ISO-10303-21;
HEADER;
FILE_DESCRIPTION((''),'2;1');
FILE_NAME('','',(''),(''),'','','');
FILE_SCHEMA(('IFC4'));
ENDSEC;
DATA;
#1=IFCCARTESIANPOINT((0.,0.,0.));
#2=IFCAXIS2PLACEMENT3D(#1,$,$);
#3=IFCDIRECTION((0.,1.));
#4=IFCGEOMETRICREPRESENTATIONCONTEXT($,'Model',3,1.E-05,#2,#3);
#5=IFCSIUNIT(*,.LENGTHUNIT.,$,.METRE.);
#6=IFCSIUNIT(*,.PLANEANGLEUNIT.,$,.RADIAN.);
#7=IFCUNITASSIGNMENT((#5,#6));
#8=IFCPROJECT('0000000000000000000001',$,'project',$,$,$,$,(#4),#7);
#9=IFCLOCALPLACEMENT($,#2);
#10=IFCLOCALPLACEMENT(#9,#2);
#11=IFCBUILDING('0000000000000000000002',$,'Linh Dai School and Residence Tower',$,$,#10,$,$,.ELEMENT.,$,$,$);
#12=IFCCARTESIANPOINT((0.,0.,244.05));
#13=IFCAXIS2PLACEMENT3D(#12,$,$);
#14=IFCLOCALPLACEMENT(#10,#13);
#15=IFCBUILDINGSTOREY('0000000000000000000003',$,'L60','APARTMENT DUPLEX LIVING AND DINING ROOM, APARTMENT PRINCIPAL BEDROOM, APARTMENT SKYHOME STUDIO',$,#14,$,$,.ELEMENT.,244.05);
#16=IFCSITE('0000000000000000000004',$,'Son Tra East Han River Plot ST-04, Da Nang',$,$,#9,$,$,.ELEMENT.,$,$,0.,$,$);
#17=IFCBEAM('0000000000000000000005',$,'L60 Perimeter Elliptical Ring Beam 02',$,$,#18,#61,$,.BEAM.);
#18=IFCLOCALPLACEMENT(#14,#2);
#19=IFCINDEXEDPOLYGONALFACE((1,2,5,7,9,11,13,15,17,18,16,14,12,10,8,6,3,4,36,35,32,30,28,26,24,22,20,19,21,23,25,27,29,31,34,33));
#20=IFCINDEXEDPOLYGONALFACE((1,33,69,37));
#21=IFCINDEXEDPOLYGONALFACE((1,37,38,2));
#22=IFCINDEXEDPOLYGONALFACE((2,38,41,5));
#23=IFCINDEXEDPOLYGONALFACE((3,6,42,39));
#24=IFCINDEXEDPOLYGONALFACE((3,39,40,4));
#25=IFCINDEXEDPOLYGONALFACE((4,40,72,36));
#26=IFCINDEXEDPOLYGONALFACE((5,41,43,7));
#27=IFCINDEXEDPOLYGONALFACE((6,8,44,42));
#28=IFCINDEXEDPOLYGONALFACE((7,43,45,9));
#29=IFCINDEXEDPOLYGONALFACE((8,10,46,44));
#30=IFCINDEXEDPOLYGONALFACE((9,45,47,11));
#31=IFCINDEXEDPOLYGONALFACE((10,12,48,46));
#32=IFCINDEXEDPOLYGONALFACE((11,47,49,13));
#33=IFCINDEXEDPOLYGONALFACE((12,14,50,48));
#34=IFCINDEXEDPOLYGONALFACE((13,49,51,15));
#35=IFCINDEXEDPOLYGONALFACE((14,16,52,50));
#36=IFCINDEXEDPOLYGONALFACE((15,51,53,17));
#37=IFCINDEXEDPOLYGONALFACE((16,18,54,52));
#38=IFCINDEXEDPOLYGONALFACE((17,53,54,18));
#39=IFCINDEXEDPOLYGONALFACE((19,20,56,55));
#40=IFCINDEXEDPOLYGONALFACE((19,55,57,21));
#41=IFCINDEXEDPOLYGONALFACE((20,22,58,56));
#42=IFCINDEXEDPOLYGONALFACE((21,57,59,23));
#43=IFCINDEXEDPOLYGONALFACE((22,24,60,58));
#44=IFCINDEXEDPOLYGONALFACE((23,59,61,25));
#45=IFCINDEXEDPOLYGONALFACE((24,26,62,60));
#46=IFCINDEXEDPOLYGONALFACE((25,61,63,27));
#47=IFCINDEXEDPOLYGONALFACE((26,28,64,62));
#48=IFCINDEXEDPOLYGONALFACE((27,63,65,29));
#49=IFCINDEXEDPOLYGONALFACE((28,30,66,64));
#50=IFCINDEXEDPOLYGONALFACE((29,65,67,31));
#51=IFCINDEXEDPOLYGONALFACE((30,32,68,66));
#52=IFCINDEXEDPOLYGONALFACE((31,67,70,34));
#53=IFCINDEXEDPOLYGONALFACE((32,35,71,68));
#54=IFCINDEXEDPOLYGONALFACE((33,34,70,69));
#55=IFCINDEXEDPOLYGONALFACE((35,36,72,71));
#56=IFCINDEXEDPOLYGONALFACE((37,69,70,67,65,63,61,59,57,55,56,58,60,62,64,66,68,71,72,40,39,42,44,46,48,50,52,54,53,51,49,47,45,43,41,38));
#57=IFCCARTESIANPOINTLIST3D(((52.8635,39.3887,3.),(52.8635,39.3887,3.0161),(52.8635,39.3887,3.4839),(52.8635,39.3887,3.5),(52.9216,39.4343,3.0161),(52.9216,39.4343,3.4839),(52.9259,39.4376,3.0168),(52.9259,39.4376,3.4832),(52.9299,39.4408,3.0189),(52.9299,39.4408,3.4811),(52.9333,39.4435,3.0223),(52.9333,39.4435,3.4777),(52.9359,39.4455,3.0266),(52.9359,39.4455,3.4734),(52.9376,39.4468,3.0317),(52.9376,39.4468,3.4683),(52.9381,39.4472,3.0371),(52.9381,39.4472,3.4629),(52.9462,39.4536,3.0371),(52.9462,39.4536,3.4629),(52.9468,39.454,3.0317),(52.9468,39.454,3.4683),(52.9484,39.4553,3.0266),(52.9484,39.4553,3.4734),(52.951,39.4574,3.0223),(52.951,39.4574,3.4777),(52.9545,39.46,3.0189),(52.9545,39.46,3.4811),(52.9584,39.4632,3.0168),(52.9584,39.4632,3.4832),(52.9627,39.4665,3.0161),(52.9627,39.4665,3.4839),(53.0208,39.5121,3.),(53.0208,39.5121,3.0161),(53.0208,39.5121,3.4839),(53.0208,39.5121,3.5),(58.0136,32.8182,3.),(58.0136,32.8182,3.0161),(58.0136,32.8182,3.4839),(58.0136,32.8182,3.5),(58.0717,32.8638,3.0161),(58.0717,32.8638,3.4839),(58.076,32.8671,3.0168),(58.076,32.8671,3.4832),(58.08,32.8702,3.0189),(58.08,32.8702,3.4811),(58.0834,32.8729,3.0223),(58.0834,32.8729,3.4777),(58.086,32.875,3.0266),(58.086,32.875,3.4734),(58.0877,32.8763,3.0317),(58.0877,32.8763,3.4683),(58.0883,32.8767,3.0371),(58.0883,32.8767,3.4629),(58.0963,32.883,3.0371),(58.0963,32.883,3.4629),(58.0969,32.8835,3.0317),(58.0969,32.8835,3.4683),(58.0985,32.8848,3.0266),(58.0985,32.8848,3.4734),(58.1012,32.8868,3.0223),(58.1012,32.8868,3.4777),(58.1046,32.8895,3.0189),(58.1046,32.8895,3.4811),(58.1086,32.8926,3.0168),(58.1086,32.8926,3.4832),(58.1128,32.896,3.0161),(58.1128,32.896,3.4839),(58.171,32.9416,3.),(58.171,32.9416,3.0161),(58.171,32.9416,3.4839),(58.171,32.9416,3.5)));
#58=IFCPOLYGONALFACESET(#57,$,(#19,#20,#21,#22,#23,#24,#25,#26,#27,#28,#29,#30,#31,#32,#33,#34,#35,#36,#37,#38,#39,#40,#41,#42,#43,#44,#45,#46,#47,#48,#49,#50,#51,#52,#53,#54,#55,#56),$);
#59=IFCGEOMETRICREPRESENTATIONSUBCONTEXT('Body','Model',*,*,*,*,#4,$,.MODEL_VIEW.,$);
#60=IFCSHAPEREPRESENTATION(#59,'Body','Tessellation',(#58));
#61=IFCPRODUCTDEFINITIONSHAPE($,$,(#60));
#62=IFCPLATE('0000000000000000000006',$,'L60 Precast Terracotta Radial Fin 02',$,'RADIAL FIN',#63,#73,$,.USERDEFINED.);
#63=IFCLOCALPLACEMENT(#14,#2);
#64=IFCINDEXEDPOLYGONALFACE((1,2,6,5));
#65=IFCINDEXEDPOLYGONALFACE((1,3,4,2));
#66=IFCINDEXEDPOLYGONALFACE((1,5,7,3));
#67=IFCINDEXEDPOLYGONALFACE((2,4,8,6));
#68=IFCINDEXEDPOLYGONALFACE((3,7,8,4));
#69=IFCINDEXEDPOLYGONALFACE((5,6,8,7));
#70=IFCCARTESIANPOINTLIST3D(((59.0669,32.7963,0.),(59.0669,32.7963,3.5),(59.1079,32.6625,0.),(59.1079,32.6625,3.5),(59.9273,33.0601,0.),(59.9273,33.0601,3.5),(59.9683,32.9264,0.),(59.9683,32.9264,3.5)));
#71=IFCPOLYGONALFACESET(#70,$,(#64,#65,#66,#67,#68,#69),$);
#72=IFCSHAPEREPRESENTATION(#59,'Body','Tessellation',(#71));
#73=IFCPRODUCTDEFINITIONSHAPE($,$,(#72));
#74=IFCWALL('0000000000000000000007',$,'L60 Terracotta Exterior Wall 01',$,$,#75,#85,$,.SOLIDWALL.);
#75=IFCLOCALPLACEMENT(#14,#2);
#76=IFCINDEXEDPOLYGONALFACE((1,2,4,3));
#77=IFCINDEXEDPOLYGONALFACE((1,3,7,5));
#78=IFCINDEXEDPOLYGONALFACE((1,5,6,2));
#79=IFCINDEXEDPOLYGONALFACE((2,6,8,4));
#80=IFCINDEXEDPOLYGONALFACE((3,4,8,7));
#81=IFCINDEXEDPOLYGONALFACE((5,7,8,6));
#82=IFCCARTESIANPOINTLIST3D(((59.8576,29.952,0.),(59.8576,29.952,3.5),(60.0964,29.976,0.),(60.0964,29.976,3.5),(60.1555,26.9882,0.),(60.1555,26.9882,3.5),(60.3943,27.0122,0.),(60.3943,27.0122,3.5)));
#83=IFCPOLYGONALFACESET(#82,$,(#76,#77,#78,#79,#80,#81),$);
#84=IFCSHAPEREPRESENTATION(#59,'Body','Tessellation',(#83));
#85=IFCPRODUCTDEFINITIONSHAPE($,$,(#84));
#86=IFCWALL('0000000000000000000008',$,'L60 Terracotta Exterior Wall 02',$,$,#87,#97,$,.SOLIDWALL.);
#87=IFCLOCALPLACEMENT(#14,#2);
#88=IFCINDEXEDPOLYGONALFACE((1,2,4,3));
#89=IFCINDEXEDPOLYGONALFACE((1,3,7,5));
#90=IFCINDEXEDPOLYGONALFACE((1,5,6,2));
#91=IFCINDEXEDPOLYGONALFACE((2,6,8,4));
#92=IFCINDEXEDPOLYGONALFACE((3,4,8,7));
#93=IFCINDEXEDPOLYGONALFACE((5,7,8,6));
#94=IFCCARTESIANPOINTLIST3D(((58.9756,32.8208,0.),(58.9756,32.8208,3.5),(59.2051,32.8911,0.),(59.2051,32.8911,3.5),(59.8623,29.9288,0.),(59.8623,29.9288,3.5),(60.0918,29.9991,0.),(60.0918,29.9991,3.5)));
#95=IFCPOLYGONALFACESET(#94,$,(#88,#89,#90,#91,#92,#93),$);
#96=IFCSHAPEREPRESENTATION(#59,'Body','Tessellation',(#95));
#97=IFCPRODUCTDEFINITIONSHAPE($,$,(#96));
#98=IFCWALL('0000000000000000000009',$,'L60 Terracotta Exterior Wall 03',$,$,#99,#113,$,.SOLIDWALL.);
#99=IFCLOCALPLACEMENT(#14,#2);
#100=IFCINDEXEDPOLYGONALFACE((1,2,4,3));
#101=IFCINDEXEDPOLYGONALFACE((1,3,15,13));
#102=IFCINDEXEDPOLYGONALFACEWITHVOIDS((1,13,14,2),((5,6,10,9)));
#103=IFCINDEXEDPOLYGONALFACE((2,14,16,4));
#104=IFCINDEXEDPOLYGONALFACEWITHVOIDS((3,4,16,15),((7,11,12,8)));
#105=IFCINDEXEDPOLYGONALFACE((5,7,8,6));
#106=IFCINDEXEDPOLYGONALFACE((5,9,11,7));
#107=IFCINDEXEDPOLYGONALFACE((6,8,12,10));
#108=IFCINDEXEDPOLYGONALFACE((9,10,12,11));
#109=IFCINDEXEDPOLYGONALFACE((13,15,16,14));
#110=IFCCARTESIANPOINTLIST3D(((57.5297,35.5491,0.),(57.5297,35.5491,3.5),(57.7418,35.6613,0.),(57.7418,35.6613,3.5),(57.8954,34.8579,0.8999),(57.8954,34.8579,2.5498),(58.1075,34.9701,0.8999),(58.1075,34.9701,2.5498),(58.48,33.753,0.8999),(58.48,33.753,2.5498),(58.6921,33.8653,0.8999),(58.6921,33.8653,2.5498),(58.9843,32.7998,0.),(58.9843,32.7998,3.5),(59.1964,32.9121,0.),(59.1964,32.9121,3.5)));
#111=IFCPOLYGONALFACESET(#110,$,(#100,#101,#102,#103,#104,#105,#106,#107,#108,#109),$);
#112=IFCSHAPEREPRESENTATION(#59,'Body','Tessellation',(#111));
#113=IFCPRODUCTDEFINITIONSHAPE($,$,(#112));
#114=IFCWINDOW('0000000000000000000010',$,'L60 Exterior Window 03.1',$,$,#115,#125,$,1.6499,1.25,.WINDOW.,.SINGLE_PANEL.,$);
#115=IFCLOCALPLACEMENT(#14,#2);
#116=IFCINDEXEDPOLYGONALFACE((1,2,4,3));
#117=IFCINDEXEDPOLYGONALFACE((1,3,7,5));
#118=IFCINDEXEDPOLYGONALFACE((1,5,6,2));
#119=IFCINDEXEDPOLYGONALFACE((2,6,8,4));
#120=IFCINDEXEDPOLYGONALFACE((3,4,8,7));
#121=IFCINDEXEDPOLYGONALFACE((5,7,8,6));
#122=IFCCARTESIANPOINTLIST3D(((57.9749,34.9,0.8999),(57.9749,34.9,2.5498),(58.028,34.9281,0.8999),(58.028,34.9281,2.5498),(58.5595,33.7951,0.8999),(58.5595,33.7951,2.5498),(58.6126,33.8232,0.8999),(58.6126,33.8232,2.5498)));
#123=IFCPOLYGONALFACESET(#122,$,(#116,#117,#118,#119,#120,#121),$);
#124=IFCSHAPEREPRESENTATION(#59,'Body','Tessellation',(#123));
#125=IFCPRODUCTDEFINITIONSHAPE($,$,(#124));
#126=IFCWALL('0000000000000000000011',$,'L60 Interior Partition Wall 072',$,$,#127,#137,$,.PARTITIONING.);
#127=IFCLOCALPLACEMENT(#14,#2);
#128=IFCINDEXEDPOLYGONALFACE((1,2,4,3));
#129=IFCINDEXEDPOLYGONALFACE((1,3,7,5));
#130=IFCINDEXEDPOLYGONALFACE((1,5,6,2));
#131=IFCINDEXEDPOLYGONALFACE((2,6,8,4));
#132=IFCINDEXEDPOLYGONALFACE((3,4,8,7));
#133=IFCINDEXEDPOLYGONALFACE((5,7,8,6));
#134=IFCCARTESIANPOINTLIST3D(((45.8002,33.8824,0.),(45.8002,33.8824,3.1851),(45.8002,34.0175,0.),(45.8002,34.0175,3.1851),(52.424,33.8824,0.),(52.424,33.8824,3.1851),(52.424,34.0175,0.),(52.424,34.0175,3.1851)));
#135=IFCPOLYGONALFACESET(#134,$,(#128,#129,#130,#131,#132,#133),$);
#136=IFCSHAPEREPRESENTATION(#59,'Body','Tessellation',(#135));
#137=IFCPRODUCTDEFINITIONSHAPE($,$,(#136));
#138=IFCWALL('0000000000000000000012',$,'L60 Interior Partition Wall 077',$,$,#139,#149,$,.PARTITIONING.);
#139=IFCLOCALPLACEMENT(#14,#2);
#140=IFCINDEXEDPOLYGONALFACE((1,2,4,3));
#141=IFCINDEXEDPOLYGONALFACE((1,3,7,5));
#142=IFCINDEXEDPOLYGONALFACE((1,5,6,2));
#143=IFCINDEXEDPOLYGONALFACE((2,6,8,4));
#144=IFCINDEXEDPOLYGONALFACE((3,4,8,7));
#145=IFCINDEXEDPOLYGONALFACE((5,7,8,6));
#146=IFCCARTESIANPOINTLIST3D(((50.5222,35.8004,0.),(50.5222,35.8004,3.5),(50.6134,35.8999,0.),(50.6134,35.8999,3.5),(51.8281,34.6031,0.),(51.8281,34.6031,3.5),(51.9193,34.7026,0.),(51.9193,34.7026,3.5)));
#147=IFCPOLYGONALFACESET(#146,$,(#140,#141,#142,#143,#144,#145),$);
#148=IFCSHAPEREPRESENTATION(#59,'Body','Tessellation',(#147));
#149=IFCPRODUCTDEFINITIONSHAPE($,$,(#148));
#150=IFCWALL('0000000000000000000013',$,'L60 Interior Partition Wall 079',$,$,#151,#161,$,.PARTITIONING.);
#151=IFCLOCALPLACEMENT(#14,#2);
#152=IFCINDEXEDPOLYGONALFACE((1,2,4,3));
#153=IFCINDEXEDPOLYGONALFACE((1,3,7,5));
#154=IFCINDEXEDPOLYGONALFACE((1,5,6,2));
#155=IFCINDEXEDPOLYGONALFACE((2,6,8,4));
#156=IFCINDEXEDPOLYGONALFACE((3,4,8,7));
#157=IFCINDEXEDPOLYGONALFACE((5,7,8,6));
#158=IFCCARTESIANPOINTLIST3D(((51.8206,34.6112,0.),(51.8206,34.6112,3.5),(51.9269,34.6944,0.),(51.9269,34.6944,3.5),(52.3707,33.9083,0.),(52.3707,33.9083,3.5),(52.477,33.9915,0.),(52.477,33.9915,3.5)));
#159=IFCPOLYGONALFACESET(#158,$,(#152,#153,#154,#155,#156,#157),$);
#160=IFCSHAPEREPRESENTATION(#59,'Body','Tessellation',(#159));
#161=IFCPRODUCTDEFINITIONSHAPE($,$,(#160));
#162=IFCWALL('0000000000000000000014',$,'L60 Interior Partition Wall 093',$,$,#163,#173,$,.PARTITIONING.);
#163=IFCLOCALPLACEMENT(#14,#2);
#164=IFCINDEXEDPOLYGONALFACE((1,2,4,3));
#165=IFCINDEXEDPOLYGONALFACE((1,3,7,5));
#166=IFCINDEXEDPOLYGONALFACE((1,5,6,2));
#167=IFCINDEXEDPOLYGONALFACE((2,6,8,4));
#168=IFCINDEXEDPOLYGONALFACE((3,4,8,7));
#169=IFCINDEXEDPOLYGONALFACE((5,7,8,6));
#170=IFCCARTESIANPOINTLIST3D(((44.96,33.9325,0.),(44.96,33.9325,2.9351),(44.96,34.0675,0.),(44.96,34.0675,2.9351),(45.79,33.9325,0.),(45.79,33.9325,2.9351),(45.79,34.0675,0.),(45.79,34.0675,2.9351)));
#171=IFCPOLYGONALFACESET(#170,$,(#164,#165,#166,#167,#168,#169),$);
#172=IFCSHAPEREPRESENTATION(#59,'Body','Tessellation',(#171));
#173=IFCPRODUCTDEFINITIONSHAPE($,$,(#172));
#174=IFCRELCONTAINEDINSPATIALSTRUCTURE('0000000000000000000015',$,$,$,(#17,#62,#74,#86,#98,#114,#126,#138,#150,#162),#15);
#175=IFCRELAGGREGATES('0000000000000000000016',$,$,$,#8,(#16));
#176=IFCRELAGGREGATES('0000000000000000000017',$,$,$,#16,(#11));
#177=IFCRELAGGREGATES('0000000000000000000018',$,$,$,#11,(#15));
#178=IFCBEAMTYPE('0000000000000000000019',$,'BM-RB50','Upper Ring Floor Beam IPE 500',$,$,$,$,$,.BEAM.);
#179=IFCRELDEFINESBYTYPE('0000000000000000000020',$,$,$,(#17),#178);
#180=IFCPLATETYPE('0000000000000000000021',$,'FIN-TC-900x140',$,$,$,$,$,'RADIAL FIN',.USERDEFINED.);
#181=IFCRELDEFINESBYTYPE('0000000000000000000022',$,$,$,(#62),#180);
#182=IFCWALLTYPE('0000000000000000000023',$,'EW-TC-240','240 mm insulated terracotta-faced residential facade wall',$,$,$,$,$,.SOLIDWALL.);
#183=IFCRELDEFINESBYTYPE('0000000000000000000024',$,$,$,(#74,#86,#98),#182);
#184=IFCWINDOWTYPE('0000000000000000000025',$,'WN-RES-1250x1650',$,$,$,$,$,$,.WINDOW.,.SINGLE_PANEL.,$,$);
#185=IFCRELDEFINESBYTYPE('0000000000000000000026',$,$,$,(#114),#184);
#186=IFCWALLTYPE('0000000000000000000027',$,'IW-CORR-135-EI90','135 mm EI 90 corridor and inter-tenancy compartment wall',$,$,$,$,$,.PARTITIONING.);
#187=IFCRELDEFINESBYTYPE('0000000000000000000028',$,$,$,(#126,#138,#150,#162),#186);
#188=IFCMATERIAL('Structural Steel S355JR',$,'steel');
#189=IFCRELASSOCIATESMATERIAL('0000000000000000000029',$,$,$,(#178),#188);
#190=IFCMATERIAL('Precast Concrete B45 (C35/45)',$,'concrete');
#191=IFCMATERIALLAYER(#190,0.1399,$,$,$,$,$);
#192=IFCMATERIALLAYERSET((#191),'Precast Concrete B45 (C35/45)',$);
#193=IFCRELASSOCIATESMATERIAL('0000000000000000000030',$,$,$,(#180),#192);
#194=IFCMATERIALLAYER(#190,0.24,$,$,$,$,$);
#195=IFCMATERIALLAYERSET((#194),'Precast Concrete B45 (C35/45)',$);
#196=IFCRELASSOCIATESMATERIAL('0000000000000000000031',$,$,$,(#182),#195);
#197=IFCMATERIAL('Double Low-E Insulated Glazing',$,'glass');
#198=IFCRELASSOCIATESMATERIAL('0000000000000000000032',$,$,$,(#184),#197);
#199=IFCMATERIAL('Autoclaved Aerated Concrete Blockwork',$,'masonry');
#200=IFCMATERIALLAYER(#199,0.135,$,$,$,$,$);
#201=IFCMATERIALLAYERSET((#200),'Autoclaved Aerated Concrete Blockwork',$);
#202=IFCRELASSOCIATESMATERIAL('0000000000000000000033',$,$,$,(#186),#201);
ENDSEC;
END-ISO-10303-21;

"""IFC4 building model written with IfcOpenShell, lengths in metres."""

from ifc_helpers import new_model, si_unit, direction, frame, frame_2d, origin, origin_2d, place, context, subcontext, project, spatial, rectangle, i_section, extrude, source, transform, mapped, material, layer, layer_set, material_profile, profile_set, type_object, element, fill, save


model = new_model("IFC4")

# Units and contexts
model_context = context("Model", 3, precision=1e-05, world=origin(), true_north=direction((0.0, 1.0)))
body_context = subcontext(model_context, "Body", "Model", "MODEL_VIEW")
ifc_project = project(units=[si_unit("LENGTHUNIT", "METRE"), si_unit("PLANEANGLEUNIT", "RADIAN")], contexts=[model_context])

# Site, building, storey
site_placement = place(None, origin())
site = spatial("IfcSite", under=ifc_project, at=site_placement, Name="Son Tra East Han River Plot ST-04, Da Nang", CompositionType="ELEMENT", RefElevation=0.0)
building_placement = place(site_placement, origin())
building = spatial("IfcBuilding", under=site, at=building_placement, Name="Linh Dai School and Residence Tower", CompositionType="ELEMENT")
storey_placement = place(building_placement, frame((0.0, 0.0, 244.05)))
storey = spatial("IfcBuildingStorey", under=building, at=storey_placement, Name="L60", Description="APARTMENT DUPLEX LIVING AND DINING ROOM, APARTMENT PRINCIPAL BEDROOM, APARTMENT SKYHOME STUDIO", CompositionType="ELEMENT", Elevation=244.05)

# Shared definitions
ifc_material_1 = material(Name="Structural Steel S355JR", Category="steel")

# Beam
ifc_material_profile_1 = material_profile(ifc_material_1, i_section(OverallWidth=0.2, OverallDepth=0.5, WebThickness=0.0103, FlangeThickness=0.0161, FilletRadius=0.021, at=origin_2d()), Name="IPE 500")
ifc_profile_set_1 = profile_set([ifc_material_profile_1], Name="Structural Steel S355JR")
beam_type = type_object("IfcBeamType", Name="BM-RB50", Description="Upper Ring Floor Beam IPE 500", PredefinedType="BEAM", material=ifc_profile_set_1)
beam_1_placement = place(storey_placement, frame((58.0923, 32.8799, 3.25), z_axis=(-0.6169, 0.787041, 0.0), x_axis=(-0.787041, -0.6169, 0.0)))
element("IfcBeam", 1, at=beam_1_placement, inside=storey, type_object=beam_type, Name="L60 Perimeter Elliptical Ring Beam 02", PredefinedType="BEAM", context=body_context, shape_type="SweptSolid", body=[
    extrude(i_section(OverallWidth=0.2, OverallDepth=0.5, WebThickness=0.0103, FlangeThickness=0.0161, FilletRadius=0.021, at=origin_2d()), origin(), (0.0, 0.0, 1.0), 8.3484),
])

# Plate
ifc_material_2 = material(Name="Precast Concrete B45 (C35/45)", Category="concrete")
ifc_layer_1 = layer(ifc_material_2, 0.1399)
ifc_layer_set_1 = layer_set([ifc_layer_1], Name="Precast Concrete B45 (C35/45)")
plate_type = type_object("IfcPlateType", Name="FIN-TC-900x140", ElementType="RADIAL FIN", PredefinedType="USERDEFINED", material=ifc_layer_set_1)
shared_shape_1 = source(origin(), body_context, "Body", "SweptSolid", [
    extrude(rectangle(XDim=0.8999, YDim=0.1399, at=origin_2d()), origin(), (0.0, 0.0, 1.0), 3.5),
])
plate_placement = place(storey_placement, frame((59.5176, 32.8613, 0.0), z_axis=(0.0, 0.0, 1.0), x_axis=(0.956064, 0.293157, 0.0)))
element("IfcPlate", 2, at=plate_placement, inside=storey, type_object=plate_type, Name="L60 Precast Terracotta Radial Fin 02", ObjectType="RADIAL FIN", PredefinedType="USERDEFINED", context=body_context, shape_type="MappedRepresentation", body=[
    mapped(shared_shape_1, transform((0.0, 0.0, 0.0), x_axis=(1.0, 0.0, 0.0), y_axis=(0.0, 1.0, 0.0), z_axis=(0.0, 0.0, 1.0), scale=1.0)),
])

# Walls
ifc_layer_2 = layer(ifc_material_2, 0.24)
ifc_layer_set_2 = layer_set([ifc_layer_2], Name="Precast Concrete B45 (C35/45)")
wall_type_1 = type_object("IfcWallType", Name="EW-TC-240", Description="240 mm insulated terracotta-faced residential facade wall", PredefinedType="SOLIDWALL", material=ifc_layer_set_2)
wall_1_placement = place(storey_placement, frame((59.9771, 29.9639, 0.0), z_axis=(0.0, 0.0, 1.0), x_axis=(0.099991, -0.994988, 0.0)))
element("IfcWall", 3, at=wall_1_placement, inside=storey, type_object=wall_type_1, Name="L60 Terracotta Exterior Wall 01", PredefinedType="SOLIDWALL", context=body_context, shape_type="SweptSolid", body=[
    extrude(rectangle(XDim=2.9788, YDim=0.24, at=frame_2d((1.4893, 0.0))), origin(), (0.0, 0.0, 1.0), 3.5),
])
wall_2_placement = place(storey_placement, frame((59.0903, 32.856, 0.0), z_axis=(0.0, 0.0, 1.0), x_axis=(0.293133, -0.956072, 0.0)))
element("IfcWall", 4, at=wall_2_placement, inside=storey, type_object=wall_type_1, Name="L60 Terracotta Exterior Wall 02", PredefinedType="SOLIDWALL", context=body_context, shape_type="SweptSolid", body=[
    extrude(rectangle(XDim=3.0249, YDim=0.24, at=frame_2d((1.5125, 0.0))), origin(), (0.0, 0.0, 1.0), 3.5),
])

# Wall, opening, window
wall_3_placement = place(storey_placement, frame((57.6357, 35.6052, 0.0), z_axis=(0.0, 0.0, 1.0), x_axis=(0.46766, -0.883908, 0.0)))
wall_3 = element("IfcWall", 5, at=wall_3_placement, inside=storey, type_object=wall_type_1, Name="L60 Terracotta Exterior Wall 03", PredefinedType="SOLIDWALL", context=body_context, shape_type="SweptSolid", body=[
    extrude(rectangle(XDim=3.1104, YDim=0.24, at=frame_2d((1.5552, 0.0))), origin(), (0.0, 0.0, 1.0), 3.5),
])
opening_1_placement = place(wall_3_placement, frame((0.782, 0.0, 0.8999)))
opening_1 = element("IfcOpeningElement", 6, at=opening_1_placement, cuts=wall_3, PredefinedType="OPENING", context=body_context, shape_type="SweptSolid", body=[
    extrude(rectangle(XDim=1.25, YDim=1.6499, at=origin_2d()), frame((0.625, 0.1299, 0.825), z_axis=(0.0, -1.0, 0.0), x_axis=(1.0, 0.0, 0.0)), (0.0, 0.0, 1.0), 0.26),
])
ifc_material_3 = material(Name="Double Low-E Insulated Glazing", Category="glass")
window_type = type_object("IfcWindowType", Name="WN-RES-1250x1650", PartitioningType="SINGLE_PANEL", PredefinedType="WINDOW", material=ifc_material_3)
shared_shape_2 = source(origin(), body_context, "Body", "SweptSolid", [
    extrude(rectangle(XDim=1.25, YDim=1.6499, at=origin_2d()), frame((0.625, 0.03, 0.825), z_axis=(0.0, -1.0, 0.0), x_axis=(1.0, 0.0, 0.0)), (0.0, 0.0, 1.0), 0.0601),
])
window_placement = place(opening_1_placement, origin())
window = element("IfcWindow", 7, at=window_placement, inside=storey, type_object=window_type, Name="L60 Exterior Window 03.1", OverallHeight=1.6499, OverallWidth=1.25, PartitioningType="SINGLE_PANEL", PredefinedType="WINDOW", context=body_context, shape_type="MappedRepresentation", body=[
    mapped(shared_shape_2, transform((0.0, 0.0, 0.0), x_axis=(1.0, 0.0, 0.0), y_axis=(0.0, 1.0, 0.0), z_axis=(0.0, 0.0, 1.0), scale=1.0)),
])
fill(opening_1, window)

# Walls
ifc_material_4 = material(Name="Autoclaved Aerated Concrete Blockwork", Category="masonry")
ifc_layer_3 = layer(ifc_material_4, 0.135)
ifc_layer_set_3 = layer_set([ifc_layer_3], Name="Autoclaved Aerated Concrete Blockwork")
wall_type_2 = type_object("IfcWallType", Name="IW-CORR-135-EI90", Description="135 mm EI 90 corridor and inter-tenancy compartment wall", PredefinedType="PARTITIONING", material=ifc_layer_set_3)
wall_4_placement = place(storey_placement, frame((45.8, 33.95, 0.0), z_axis=(0.0, 0.0, 1.0), x_axis=(1.0, 0.0, 0.0)))
element("IfcWall", 8, at=wall_4_placement, inside=storey, type_object=wall_type_2, Name="L60 Interior Partition Wall 072", PredefinedType="PARTITIONING", context=body_context, shape_type="SweptSolid", body=[
    extrude(rectangle(XDim=6.6238, YDim=0.135, at=frame_2d((3.312, 0.0))), origin(), (0.0, 0.0, 1.0), 3.1851),
])
wall_5_placement = place(storey_placement, frame((50.5679, 35.8501, 0.0), z_axis=(0.0, 0.0, 1.0), x_axis=(0.737103, -0.675781, 0.0)))
element("IfcWall", 9, at=wall_5_placement, inside=storey, type_object=wall_type_2, Name="L60 Interior Partition Wall 077", PredefinedType="PARTITIONING", context=body_context, shape_type="SweptSolid", body=[
    extrude(rectangle(XDim=1.7717, YDim=0.135, at=frame_2d((0.8857, 0.0))), origin(), (0.0, 0.0, 1.0), 3.5),
])
wall_6_placement = place(storey_placement, frame((51.8738, 34.6528, 0.0), z_axis=(0.0, 0.0, 1.0), x_axis=(0.616286, -0.787522, 0.0)))
element("IfcWall", 10, at=wall_6_placement, inside=storey, type_object=wall_type_2, Name="L60 Interior Partition Wall 079", PredefinedType="PARTITIONING", context=body_context, shape_type="SweptSolid", body=[
    extrude(rectangle(XDim=0.8926, YDim=0.135, at=frame_2d((0.4463, 0.0))), origin(), (0.0, 0.0, 1.0), 3.5),
])
wall_7_placement = place(storey_placement, frame((45.79, 34.0, 0.0), z_axis=(0.0, 0.0, 1.0), x_axis=(-1.0, 0.0, 0.0)))
element("IfcWall", 11, at=wall_7_placement, inside=storey, type_object=wall_type_2, Name="L60 Interior Partition Wall 093", PredefinedType="PARTITIONING", context=body_context, shape_type="SweptSolid", body=[
    extrude(rectangle(XDim=0.8301, YDim=0.135, at=frame_2d((0.415, 0.0))), origin(), (0.0, 0.0, 1.0), 2.9351),
])

save(model, "model.ifc")
